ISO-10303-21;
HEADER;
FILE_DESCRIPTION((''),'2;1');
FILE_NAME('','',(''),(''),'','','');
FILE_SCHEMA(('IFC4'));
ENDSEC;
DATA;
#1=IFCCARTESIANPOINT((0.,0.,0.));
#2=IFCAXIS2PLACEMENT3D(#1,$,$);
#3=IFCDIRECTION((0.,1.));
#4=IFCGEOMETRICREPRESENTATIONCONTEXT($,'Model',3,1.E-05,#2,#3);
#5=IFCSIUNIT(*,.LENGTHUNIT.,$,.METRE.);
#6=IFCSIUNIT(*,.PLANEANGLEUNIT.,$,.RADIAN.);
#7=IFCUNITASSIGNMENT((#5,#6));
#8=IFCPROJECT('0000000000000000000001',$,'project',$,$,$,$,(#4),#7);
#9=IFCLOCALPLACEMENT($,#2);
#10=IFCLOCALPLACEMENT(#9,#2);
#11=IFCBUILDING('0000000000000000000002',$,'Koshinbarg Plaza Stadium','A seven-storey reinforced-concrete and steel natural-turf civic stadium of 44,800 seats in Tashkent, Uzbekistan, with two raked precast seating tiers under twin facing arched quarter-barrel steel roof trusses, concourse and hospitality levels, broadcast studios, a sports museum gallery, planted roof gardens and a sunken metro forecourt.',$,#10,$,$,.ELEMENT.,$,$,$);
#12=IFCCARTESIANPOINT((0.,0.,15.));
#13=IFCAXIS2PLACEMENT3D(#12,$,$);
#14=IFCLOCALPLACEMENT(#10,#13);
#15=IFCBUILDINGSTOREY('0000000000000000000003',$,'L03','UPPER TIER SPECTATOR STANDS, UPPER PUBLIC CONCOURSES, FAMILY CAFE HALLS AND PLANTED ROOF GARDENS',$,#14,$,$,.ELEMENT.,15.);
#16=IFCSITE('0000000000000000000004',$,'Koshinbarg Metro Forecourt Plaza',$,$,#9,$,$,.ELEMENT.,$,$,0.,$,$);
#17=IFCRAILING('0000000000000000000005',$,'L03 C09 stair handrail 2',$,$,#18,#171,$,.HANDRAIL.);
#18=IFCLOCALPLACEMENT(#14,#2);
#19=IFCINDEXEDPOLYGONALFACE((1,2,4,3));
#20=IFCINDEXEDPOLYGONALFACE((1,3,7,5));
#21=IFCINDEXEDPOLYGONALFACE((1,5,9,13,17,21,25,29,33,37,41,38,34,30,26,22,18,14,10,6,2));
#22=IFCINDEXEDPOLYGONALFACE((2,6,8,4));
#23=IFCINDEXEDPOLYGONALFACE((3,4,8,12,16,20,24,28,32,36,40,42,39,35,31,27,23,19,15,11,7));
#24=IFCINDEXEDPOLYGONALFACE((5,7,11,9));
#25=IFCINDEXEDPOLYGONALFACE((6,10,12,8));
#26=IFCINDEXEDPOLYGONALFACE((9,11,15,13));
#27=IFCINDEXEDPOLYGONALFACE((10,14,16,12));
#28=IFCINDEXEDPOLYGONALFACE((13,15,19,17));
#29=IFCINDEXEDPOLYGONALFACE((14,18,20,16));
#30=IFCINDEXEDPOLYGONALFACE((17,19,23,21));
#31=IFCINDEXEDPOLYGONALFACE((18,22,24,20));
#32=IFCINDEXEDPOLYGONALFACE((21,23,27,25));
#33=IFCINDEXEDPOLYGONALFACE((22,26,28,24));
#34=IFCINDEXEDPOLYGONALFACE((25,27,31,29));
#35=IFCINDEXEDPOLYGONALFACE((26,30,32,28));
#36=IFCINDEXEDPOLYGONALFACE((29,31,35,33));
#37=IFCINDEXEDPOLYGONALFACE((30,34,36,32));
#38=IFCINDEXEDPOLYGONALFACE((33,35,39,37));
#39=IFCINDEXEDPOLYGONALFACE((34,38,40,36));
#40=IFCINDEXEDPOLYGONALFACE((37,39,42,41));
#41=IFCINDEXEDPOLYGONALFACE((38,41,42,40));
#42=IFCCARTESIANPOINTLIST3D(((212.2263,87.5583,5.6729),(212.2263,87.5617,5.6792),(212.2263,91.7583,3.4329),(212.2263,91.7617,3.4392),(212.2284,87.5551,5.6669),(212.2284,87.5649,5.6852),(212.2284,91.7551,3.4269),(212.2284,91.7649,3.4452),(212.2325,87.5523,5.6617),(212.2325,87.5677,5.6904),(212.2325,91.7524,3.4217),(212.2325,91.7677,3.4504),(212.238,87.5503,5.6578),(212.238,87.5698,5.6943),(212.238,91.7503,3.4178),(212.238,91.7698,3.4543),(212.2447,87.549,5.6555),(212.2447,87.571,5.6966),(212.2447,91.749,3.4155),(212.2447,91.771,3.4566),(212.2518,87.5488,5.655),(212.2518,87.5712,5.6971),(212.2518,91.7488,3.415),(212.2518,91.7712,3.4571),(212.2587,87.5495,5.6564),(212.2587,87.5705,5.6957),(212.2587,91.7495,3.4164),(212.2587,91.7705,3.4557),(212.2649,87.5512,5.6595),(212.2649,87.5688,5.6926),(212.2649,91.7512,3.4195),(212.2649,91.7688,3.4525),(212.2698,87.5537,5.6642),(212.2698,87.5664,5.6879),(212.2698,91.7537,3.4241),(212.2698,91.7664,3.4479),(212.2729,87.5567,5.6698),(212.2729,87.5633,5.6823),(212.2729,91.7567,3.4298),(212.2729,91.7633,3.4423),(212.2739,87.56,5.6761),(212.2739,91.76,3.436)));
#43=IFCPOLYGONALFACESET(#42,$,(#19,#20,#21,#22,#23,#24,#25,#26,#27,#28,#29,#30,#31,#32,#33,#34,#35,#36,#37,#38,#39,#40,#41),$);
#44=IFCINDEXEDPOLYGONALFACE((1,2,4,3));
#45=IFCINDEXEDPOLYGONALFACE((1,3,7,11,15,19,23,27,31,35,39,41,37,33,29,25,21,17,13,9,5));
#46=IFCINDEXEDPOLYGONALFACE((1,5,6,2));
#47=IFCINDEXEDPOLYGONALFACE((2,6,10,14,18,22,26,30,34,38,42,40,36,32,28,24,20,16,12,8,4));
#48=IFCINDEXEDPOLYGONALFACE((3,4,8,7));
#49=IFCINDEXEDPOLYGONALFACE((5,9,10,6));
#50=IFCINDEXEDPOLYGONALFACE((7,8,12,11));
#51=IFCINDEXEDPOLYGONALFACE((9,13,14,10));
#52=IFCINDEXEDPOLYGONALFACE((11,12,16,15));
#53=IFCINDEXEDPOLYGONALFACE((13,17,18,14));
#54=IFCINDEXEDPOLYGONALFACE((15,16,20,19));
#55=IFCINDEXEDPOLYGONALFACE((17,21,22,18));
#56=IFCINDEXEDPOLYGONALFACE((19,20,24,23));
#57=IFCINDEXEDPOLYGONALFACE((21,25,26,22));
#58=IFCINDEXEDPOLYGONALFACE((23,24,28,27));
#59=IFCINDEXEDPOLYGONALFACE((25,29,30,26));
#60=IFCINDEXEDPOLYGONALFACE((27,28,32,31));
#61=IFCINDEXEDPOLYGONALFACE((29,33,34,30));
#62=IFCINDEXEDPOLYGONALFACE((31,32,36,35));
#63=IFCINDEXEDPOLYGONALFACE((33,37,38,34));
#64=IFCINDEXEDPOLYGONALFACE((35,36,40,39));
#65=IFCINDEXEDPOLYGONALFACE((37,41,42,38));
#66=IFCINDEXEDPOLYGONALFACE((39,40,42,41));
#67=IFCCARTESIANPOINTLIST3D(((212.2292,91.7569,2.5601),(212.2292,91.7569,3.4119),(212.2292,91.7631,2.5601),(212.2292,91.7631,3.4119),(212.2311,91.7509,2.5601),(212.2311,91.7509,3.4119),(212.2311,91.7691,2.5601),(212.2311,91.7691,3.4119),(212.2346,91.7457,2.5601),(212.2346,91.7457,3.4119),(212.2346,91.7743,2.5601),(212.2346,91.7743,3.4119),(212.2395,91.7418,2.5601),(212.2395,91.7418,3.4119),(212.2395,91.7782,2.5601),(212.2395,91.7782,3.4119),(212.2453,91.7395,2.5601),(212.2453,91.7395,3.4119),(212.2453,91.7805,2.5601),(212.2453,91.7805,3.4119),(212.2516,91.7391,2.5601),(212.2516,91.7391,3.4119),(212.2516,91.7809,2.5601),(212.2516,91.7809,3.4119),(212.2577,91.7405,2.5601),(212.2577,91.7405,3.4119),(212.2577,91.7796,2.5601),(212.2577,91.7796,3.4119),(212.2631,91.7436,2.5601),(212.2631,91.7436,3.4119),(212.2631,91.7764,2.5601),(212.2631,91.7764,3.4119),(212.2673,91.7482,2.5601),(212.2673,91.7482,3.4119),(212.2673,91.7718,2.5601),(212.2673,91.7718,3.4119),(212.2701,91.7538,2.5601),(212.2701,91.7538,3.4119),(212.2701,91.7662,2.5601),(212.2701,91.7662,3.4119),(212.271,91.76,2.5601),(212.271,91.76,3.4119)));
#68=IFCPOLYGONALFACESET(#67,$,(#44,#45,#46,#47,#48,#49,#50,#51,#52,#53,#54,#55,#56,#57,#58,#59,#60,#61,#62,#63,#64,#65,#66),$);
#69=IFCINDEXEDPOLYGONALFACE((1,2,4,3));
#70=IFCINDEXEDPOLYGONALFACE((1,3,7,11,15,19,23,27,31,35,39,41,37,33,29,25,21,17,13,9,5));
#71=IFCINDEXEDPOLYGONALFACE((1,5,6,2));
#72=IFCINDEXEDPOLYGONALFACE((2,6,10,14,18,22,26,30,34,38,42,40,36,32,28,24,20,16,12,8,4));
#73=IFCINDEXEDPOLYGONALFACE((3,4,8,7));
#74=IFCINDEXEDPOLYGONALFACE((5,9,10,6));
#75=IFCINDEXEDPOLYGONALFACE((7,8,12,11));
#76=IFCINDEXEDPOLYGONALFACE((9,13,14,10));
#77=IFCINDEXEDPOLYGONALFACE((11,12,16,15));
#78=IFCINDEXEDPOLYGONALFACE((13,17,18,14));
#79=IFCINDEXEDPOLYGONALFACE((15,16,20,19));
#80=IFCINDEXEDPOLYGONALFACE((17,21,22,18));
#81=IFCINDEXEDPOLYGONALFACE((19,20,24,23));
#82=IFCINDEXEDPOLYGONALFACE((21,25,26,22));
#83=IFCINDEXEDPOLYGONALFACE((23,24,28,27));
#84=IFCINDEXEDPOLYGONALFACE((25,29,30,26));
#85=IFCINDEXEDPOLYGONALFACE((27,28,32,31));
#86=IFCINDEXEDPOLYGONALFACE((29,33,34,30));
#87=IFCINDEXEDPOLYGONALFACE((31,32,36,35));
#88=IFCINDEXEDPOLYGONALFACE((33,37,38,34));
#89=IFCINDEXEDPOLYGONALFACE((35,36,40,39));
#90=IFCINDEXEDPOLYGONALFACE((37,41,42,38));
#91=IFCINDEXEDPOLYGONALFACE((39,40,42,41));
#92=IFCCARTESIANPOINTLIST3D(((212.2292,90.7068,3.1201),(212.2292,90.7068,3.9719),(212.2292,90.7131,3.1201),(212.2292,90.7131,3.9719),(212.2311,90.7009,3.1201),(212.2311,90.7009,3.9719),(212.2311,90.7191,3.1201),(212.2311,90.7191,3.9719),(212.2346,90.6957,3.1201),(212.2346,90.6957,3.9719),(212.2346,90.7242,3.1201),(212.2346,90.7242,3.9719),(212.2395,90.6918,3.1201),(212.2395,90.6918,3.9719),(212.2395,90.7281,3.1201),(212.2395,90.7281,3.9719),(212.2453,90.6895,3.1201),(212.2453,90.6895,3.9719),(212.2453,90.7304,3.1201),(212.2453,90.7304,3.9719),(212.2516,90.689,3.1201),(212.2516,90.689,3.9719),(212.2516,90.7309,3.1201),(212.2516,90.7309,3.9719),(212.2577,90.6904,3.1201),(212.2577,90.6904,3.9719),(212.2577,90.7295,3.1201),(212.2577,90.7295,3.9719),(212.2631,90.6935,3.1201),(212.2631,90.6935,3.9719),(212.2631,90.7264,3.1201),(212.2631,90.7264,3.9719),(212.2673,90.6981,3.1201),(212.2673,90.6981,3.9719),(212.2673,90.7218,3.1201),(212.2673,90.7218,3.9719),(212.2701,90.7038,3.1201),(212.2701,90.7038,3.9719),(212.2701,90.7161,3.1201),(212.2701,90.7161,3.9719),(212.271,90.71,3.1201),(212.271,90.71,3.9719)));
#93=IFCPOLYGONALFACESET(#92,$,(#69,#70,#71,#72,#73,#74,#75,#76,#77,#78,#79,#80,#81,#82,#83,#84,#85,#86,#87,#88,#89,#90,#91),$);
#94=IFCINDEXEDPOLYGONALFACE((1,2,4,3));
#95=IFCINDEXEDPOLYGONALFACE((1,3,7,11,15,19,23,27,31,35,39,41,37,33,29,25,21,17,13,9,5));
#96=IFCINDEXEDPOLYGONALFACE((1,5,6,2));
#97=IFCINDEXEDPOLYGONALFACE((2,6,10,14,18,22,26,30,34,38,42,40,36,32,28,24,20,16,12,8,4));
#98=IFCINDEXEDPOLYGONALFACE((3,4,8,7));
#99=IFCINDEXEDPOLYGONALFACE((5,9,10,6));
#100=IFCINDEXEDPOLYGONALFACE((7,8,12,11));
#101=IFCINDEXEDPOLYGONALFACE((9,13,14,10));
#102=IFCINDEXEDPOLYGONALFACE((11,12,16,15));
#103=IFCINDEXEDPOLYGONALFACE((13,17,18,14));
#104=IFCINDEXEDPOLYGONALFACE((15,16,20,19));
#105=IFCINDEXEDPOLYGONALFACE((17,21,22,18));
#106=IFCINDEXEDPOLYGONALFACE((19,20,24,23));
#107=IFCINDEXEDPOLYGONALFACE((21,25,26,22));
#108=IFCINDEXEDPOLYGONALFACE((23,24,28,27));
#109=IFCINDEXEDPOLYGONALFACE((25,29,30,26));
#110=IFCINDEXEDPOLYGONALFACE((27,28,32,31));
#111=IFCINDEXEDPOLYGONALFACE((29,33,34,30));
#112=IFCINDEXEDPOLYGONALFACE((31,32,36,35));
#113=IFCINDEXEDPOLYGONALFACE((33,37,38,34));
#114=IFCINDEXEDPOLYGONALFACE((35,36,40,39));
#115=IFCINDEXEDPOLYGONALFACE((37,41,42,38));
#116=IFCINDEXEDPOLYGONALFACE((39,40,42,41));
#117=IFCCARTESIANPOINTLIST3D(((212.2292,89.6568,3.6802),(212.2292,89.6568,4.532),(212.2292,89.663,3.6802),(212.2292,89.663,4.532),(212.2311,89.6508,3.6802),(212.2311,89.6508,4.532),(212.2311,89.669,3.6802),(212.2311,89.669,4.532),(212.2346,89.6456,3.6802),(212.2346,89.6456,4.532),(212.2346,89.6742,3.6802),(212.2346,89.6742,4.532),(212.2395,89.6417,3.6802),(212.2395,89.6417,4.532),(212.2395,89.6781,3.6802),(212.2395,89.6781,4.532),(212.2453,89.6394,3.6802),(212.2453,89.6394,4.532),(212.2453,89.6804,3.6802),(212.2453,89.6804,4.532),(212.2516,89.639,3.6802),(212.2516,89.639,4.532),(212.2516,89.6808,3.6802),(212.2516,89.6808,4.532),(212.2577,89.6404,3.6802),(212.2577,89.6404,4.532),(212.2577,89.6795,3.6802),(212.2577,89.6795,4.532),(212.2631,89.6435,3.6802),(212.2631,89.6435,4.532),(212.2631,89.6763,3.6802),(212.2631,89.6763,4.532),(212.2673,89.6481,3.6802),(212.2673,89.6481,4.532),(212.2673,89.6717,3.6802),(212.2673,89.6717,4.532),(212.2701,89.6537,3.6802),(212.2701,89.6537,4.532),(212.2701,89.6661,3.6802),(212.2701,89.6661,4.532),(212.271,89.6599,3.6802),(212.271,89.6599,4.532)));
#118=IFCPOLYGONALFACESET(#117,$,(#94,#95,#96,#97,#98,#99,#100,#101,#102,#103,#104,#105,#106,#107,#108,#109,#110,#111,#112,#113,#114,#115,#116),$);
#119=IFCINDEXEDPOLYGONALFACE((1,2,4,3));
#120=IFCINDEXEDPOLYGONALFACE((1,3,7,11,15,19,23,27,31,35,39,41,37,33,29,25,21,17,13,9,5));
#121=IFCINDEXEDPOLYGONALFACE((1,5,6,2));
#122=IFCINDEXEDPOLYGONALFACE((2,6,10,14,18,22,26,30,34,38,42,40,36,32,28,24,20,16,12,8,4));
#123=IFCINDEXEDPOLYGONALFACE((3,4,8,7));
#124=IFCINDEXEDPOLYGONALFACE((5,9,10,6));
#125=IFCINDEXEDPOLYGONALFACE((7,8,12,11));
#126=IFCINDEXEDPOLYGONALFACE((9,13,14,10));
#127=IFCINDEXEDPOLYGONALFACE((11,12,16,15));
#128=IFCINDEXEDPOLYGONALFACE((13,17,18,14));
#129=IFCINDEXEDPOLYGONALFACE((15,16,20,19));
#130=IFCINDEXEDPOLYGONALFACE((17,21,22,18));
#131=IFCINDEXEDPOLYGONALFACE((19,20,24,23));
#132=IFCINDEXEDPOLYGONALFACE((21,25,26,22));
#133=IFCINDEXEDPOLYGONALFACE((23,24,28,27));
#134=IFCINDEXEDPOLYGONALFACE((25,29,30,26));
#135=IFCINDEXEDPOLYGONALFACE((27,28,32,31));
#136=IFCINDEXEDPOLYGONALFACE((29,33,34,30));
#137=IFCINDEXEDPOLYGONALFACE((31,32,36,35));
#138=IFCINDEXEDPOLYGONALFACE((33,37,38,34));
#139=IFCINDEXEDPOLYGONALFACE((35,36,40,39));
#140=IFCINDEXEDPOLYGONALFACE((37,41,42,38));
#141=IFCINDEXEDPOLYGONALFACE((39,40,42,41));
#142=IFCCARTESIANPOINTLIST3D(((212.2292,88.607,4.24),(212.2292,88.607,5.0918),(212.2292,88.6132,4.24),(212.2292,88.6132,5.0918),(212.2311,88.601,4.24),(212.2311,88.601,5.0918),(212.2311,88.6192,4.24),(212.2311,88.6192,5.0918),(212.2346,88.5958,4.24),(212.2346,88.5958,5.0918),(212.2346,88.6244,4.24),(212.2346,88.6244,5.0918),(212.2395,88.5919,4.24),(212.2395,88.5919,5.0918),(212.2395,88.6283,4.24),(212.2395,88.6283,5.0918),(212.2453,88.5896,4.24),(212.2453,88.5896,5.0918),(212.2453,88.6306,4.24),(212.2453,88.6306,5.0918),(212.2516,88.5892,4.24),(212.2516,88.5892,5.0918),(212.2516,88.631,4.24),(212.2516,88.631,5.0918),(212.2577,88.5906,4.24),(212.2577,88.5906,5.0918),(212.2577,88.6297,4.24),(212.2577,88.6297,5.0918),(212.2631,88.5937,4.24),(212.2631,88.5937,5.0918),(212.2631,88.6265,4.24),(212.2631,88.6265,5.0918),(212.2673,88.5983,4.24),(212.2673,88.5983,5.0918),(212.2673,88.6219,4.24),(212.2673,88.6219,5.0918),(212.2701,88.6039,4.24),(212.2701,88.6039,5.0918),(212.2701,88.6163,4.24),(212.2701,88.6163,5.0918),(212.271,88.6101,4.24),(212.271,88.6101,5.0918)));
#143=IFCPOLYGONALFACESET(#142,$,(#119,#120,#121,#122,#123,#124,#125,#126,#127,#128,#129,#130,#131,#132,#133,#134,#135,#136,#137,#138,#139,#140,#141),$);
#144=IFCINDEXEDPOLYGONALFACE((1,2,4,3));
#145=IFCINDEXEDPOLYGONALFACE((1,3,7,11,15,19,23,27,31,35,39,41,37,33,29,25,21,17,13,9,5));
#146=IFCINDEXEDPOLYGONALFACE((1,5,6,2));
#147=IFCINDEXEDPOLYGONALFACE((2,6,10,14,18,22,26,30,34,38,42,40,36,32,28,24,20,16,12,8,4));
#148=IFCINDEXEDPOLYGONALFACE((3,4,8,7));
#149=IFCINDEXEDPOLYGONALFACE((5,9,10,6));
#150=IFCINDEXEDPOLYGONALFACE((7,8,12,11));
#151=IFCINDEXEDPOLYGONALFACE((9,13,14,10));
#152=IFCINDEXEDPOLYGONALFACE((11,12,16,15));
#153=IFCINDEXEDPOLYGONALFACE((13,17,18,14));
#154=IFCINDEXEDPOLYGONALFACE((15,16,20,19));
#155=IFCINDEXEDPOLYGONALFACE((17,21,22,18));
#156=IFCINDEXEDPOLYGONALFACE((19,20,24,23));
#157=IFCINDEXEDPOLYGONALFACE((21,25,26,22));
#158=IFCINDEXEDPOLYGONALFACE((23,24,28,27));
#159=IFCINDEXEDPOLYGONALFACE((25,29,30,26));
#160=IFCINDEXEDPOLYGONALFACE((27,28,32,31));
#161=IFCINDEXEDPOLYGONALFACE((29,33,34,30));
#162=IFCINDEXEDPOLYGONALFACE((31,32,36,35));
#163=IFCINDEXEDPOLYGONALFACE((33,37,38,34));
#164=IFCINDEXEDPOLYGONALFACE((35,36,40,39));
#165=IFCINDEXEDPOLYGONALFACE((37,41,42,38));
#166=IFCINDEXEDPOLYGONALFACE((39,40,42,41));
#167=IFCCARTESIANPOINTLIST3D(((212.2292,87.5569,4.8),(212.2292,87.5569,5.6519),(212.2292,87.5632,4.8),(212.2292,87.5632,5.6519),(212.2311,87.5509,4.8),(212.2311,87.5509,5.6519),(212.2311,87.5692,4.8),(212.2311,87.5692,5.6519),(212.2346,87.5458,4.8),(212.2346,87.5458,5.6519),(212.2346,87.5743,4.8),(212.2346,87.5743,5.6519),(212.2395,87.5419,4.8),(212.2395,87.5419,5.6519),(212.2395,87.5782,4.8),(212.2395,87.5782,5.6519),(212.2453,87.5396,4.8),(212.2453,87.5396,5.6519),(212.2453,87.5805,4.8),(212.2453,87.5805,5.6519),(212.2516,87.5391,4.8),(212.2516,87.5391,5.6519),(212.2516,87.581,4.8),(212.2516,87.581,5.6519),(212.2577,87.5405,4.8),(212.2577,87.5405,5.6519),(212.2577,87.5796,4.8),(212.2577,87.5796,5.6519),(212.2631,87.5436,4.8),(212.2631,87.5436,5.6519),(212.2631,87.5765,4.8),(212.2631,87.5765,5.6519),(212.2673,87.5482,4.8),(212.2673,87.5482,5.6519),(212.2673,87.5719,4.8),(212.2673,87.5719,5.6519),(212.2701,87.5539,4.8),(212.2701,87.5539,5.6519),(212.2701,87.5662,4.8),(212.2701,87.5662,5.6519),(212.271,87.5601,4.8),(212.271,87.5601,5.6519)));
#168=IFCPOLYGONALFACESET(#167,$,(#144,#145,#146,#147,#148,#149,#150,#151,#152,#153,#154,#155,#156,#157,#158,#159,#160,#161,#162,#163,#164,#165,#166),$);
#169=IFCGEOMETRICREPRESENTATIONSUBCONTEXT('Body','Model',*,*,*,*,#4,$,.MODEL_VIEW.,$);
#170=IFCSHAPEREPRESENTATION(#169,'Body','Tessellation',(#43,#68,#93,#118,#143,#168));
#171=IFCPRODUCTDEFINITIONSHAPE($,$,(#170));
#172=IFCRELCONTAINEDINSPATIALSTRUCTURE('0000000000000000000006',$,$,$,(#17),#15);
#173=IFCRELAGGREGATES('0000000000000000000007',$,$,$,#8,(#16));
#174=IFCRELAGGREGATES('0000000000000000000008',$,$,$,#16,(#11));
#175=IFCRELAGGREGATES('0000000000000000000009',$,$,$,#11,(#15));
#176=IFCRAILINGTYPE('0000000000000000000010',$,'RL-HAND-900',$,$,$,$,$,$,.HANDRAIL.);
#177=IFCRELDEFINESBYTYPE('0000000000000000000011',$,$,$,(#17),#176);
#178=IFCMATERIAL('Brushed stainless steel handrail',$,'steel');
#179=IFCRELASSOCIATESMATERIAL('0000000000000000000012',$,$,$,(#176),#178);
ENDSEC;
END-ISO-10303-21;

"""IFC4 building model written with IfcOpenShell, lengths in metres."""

from ifc_helpers import new_model, si_unit, direction, frame, origin, origin_2d, place, context, subcontext, project, spatial, circle, extrude, material, type_object, element, save


model = new_model("IFC4")

# Units and contexts
model_context = context("Model", 3, precision=1e-05, world=origin(), true_north=direction((0.0, 1.0)))
body_context = subcontext(model_context, "Body", "Model", "MODEL_VIEW")
ifc_project = project(units=[si_unit("LENGTHUNIT", "METRE"), si_unit("PLANEANGLEUNIT", "RADIAN")], contexts=[model_context])

# Site, building, storey
site_placement = place(None, origin())
site = spatial("IfcSite", under=ifc_project, at=site_placement, Name="Koshinbarg Metro Forecourt Plaza", CompositionType="ELEMENT", RefElevation=0.0)
building_placement = place(site_placement, origin())
building = spatial("IfcBuilding", under=site, at=building_placement, Name="Koshinbarg Plaza Stadium", Description="A seven-storey reinforced-concrete and steel natural-turf civic stadium of 44,800 seats in Tashkent, Uzbekistan, with two raked precast seating tiers under twin facing arched quarter-barrel steel roof trusses, concourse and hospitality levels, broadcast studios, a sports museum gallery, planted roof gardens and a sunken metro forecourt.", CompositionType="ELEMENT")
storey_placement = place(building_placement, frame((0.0, 0.0, 15.0)))
storey = spatial("IfcBuildingStorey", under=building, at=storey_placement, Name="L03", Description="UPPER TIER SPECTATOR STANDS, UPPER PUBLIC CONCOURSES, FAMILY CAFE HALLS AND PLANTED ROOF GARDENS", CompositionType="ELEMENT", Elevation=15.0)

# Railing
ifc_material_1 = material(Name="Brushed stainless steel handrail", Category="steel")
railing_type_1 = type_object("IfcRailingType", Name="RL-HAND-900", PredefinedType="HANDRAIL", material=ifc_material_1)
railing_1_placement = place(storey_placement, frame((212.25, 91.76, 2.5601)))
element("IfcRailing", 1, at=railing_1_placement, inside=storey, type_object=railing_type_1, Name="L03 C09 stair handrail 2", PredefinedType="HANDRAIL", context=body_context, shape_type="SweptSolid", body=[
    extrude(circle(Radius=0.0239, at=origin_2d()), frame((0.0, 0.0, 0.876), z_axis=(0.0, -0.882352, 0.470591), x_axis=(1.0, 0.0, 0.0)), (0.0, 0.0, 1.0), 4.76),
    extrude(circle(Radius=0.021, at=origin_2d()), origin(), (0.0, 0.0, 1.0), 0.8518),
    extrude(circle(Radius=0.021, at=origin_2d()), frame((0.0, -1.05, 0.5601)), (0.0, 0.0, 1.0), 0.8518),
    extrude(circle(Radius=0.021, at=origin_2d()), frame((0.0, -2.1001, 1.1201)), (0.0, 0.0, 1.0), 0.8518),
    extrude(circle(Radius=0.021, at=origin_2d()), frame((0.0, -3.1499, 1.6799)), (0.0, 0.0, 1.0), 0.8518),
    extrude(circle(Radius=0.021, at=origin_2d()), frame((0.0, -4.2, 2.24)), (0.0, 0.0, 1.0), 0.8518),
])

save(model, "model.ifc")
